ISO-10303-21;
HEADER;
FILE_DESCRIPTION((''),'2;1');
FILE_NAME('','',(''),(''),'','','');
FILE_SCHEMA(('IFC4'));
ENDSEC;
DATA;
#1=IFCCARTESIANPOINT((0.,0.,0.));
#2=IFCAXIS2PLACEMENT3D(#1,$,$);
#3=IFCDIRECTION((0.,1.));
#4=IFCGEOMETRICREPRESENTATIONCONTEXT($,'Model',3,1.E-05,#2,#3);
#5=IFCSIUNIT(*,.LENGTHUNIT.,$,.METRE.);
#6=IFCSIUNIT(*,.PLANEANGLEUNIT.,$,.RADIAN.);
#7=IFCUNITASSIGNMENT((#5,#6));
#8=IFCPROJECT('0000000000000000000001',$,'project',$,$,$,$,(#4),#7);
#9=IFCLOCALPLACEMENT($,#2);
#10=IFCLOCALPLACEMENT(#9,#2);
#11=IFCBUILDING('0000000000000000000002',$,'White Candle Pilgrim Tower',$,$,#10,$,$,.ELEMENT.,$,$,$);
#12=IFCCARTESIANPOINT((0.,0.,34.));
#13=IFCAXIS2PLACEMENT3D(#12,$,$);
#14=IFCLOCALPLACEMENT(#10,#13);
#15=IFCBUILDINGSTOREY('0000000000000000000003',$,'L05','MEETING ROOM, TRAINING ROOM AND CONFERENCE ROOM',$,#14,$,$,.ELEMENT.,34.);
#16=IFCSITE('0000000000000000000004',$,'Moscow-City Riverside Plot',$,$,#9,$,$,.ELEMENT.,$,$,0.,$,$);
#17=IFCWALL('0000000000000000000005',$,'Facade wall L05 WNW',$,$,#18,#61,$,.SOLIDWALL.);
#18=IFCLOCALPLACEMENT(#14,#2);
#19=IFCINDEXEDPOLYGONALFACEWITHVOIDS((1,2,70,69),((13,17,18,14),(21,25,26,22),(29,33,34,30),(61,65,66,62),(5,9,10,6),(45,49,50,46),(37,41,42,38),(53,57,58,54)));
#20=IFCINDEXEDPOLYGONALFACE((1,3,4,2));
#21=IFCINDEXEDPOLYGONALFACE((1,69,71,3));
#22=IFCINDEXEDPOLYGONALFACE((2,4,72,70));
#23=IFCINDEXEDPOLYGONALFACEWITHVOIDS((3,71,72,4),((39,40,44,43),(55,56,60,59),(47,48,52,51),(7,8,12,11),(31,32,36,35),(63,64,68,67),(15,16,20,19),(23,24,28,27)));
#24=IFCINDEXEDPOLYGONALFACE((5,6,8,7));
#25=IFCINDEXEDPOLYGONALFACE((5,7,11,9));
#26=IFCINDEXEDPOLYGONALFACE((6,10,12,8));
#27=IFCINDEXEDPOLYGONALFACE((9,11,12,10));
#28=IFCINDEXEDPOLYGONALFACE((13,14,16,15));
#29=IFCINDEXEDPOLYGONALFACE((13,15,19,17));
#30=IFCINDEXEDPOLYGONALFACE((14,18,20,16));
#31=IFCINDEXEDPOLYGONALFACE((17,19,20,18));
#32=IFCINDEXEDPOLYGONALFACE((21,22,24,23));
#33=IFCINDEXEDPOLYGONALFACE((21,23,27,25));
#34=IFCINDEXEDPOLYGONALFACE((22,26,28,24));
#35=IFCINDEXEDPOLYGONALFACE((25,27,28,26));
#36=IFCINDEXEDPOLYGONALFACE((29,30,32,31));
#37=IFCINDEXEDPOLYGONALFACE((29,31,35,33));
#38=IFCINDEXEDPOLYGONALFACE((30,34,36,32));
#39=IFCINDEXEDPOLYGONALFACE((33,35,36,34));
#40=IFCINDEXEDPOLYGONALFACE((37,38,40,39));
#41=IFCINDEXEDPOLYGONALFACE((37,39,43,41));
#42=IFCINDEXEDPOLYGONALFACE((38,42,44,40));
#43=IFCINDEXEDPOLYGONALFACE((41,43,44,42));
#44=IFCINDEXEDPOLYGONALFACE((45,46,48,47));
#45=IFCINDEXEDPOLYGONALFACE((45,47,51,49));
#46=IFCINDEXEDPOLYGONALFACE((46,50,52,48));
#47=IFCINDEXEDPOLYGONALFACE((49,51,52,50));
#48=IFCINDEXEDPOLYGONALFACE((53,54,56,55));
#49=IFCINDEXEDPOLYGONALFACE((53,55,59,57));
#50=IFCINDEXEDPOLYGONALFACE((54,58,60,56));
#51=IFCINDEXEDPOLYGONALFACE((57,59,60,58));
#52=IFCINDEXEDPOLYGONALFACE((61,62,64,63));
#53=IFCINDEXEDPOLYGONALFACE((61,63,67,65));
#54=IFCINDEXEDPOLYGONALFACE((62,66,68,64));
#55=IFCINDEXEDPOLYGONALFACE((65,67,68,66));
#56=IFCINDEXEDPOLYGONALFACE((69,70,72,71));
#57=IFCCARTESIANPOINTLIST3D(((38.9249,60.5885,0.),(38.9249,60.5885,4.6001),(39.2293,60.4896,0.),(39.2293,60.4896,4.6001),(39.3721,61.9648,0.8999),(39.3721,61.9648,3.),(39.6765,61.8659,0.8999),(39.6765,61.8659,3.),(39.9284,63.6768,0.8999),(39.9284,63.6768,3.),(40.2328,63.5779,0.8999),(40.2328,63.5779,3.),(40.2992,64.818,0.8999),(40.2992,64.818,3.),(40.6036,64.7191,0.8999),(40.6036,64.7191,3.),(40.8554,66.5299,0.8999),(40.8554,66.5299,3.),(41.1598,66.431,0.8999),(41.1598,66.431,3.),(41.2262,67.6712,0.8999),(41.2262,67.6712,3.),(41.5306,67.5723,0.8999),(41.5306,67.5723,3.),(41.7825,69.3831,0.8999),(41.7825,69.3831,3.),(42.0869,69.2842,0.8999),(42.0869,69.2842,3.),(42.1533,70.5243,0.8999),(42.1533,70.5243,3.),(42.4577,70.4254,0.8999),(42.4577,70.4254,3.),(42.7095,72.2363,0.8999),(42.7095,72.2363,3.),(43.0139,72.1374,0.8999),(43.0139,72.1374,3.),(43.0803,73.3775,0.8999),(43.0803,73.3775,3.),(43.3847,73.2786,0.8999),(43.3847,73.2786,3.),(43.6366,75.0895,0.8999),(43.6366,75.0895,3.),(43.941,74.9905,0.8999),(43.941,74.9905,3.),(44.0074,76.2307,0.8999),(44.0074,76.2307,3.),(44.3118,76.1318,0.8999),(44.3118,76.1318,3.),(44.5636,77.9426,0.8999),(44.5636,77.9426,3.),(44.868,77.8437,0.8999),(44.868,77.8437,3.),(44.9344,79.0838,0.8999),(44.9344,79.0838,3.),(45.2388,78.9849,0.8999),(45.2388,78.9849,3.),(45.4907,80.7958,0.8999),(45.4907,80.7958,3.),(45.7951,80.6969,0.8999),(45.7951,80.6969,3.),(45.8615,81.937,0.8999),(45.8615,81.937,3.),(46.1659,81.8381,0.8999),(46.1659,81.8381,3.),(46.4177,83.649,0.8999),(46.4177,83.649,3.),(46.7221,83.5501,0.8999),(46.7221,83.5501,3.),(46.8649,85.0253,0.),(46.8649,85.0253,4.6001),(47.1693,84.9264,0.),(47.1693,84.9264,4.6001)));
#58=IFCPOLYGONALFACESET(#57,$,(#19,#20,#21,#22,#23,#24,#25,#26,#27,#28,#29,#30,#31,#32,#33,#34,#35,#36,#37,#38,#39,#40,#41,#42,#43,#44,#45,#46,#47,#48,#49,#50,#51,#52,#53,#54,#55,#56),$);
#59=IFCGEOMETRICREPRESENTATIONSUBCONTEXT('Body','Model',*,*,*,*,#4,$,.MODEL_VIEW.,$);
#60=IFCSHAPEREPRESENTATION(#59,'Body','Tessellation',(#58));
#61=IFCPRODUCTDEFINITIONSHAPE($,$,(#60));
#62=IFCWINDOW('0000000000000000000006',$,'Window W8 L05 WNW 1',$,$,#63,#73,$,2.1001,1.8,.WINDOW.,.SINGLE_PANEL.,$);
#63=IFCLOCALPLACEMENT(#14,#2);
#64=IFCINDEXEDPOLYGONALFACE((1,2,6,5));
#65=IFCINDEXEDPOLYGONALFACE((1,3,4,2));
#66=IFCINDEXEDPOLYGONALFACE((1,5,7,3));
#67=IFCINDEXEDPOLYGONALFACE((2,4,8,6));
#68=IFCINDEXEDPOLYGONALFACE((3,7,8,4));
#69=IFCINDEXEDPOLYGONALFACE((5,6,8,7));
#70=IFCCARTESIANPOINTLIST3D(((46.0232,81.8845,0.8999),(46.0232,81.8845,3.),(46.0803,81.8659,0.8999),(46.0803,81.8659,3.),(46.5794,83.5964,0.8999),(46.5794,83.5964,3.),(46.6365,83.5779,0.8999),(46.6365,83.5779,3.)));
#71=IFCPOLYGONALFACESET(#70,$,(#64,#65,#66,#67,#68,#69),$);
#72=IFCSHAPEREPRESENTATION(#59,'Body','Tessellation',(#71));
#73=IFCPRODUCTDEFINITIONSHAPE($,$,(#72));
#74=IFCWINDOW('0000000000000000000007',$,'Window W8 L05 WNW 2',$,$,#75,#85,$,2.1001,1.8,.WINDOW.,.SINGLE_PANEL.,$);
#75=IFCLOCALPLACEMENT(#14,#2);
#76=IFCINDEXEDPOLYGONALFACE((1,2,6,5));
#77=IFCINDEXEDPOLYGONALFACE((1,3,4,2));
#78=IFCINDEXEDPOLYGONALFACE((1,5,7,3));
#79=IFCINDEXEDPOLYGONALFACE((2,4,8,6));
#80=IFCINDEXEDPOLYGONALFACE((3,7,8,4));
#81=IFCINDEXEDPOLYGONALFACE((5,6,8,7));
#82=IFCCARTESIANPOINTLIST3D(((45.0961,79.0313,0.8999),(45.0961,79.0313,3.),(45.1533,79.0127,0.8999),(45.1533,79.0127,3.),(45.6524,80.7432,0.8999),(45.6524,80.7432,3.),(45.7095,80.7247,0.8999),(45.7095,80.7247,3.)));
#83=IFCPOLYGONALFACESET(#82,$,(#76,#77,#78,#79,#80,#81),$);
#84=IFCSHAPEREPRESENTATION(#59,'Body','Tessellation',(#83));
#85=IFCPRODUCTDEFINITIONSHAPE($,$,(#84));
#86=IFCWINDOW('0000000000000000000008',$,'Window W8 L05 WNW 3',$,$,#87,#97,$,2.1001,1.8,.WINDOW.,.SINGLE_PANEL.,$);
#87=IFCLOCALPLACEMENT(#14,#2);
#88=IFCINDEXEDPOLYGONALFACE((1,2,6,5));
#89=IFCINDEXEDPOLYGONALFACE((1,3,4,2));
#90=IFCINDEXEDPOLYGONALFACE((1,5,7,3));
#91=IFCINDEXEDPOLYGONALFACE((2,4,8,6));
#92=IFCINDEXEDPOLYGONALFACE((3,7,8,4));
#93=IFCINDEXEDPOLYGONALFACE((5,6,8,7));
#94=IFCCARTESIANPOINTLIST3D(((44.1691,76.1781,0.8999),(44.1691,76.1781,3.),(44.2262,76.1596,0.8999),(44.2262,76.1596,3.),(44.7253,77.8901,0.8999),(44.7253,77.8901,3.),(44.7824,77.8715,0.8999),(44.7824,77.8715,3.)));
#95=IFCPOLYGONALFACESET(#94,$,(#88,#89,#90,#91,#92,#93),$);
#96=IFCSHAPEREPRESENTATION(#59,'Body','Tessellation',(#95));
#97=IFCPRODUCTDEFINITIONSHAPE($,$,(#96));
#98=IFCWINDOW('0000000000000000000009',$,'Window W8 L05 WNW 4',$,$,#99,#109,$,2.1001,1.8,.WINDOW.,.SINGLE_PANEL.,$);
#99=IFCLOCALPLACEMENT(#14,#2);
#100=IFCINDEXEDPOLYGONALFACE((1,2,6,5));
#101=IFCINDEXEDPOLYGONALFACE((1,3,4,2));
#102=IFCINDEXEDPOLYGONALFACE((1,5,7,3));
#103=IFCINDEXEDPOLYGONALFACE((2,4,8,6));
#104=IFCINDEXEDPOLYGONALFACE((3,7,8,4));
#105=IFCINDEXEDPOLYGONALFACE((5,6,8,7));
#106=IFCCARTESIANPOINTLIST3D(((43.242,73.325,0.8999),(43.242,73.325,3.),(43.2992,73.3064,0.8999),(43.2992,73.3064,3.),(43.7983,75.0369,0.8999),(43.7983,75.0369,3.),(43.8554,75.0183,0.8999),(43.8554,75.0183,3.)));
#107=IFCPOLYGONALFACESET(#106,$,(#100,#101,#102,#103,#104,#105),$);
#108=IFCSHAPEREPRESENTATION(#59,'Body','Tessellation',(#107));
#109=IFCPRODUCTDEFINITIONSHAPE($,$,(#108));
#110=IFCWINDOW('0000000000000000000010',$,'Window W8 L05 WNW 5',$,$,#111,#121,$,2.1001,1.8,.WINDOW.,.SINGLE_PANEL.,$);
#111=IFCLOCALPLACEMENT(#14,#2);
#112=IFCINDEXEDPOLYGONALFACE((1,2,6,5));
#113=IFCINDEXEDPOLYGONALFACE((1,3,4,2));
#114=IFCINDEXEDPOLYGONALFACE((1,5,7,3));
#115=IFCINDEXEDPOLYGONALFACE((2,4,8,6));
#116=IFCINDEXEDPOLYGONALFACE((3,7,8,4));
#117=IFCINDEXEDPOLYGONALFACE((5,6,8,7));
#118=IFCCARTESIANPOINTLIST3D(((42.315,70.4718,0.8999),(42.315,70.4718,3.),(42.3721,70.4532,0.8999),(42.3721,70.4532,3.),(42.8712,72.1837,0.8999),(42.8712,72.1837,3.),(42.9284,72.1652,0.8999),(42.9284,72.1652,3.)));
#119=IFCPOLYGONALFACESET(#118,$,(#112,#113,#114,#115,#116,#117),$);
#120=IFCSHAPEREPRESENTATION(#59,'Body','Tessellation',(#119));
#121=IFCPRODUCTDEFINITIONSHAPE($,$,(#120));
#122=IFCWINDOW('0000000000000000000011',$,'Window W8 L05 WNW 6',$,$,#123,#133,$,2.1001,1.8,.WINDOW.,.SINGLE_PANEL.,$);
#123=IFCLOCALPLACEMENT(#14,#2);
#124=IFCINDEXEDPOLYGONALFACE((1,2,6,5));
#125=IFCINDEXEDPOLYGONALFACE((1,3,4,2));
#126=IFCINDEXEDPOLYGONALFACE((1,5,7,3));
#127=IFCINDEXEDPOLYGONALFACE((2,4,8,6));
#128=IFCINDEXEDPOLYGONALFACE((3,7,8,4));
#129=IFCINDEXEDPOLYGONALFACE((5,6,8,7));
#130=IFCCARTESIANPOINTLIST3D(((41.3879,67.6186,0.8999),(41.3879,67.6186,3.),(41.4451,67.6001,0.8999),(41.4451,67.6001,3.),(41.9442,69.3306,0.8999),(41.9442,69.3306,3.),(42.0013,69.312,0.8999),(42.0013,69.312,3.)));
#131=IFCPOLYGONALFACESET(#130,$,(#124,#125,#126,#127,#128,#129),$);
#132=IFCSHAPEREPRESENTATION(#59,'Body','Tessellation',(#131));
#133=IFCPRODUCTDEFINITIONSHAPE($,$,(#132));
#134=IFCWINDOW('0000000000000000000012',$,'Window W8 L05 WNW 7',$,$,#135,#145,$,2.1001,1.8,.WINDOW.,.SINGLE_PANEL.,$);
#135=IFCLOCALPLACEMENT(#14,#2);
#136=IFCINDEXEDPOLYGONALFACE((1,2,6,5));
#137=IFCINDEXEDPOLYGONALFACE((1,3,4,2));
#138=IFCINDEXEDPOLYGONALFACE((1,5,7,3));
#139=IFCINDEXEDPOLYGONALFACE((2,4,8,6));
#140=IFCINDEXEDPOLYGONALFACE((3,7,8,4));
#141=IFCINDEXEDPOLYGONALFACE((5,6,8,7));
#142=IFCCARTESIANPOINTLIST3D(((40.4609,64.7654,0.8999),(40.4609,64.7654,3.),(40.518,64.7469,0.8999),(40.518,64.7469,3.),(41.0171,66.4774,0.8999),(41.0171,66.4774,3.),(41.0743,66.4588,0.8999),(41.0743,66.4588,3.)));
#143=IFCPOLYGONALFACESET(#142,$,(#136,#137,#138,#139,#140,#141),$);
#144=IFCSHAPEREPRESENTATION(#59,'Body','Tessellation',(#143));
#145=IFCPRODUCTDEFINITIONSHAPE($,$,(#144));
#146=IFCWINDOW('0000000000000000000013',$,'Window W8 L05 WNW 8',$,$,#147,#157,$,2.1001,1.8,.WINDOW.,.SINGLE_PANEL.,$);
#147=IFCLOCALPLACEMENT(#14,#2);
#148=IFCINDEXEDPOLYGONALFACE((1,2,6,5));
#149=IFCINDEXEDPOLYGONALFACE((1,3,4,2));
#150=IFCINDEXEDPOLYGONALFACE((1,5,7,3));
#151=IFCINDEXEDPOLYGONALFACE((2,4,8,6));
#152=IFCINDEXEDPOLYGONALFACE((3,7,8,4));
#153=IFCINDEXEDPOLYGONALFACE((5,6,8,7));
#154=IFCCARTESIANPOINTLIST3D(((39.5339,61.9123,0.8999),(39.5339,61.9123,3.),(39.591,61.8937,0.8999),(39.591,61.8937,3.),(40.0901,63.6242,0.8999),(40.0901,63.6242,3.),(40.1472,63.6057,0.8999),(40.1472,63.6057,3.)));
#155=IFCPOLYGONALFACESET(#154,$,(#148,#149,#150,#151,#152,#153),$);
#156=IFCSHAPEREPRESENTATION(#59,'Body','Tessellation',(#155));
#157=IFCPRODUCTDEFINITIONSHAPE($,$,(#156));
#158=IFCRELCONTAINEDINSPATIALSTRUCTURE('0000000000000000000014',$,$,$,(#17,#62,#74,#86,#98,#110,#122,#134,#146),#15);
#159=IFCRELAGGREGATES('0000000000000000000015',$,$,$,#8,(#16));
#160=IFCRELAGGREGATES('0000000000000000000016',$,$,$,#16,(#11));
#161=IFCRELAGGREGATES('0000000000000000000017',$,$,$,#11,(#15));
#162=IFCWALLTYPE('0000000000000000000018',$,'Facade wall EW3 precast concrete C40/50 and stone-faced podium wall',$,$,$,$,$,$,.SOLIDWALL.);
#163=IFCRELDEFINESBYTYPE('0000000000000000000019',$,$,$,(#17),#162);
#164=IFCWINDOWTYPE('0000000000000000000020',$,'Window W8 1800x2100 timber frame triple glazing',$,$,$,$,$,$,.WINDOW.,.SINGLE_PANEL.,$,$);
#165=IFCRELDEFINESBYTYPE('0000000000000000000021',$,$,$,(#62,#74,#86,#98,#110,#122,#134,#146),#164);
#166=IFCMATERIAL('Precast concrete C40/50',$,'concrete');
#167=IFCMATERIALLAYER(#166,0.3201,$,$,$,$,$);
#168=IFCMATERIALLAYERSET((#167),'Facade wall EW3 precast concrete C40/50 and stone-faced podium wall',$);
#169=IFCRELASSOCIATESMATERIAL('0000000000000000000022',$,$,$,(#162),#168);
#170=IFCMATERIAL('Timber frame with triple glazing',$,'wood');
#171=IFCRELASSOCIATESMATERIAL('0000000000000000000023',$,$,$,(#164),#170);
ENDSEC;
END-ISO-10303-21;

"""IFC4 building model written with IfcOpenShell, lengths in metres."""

from ifc_helpers import new_model, si_unit, direction, frame, frame_2d, origin, place, context, subcontext, project, spatial, rectangle, extrude, material, layer, layer_set, type_object, element, fill, save


model = new_model("IFC4")

# Units and contexts
model_context = context("Model", 3, precision=1e-05, world=origin(), true_north=direction((0.0, 1.0)))
body_context = subcontext(model_context, "Body", "Model", "MODEL_VIEW")
ifc_project = project(units=[si_unit("LENGTHUNIT", "METRE"), si_unit("PLANEANGLEUNIT", "RADIAN")], contexts=[model_context])

# Site, building, storey
site_placement = place(None, origin())
site = spatial("IfcSite", under=ifc_project, at=site_placement, Name="Moscow-City Riverside Plot", CompositionType="ELEMENT", RefElevation=0.0)
building_placement = place(site_placement, origin())
building = spatial("IfcBuilding", under=site, at=building_placement, Name="White Candle Pilgrim Tower", CompositionType="ELEMENT")
storey_placement = place(building_placement, frame((0.0, 0.0, 34.0)))
storey = spatial("IfcBuildingStorey", under=building, at=storey_placement, Name="L05", Description="MEETING ROOM, TRAINING ROOM AND CONFERENCE ROOM", CompositionType="ELEMENT", Elevation=34.0)

# Shared definitions
ifc_material_1 = material(Name="Precast concrete C40/50", Category="concrete")
ifc_layer_1 = layer(ifc_material_1, 0.3201)
ifc_layer_set_1 = layer_set([ifc_layer_1], Name="Facade wall EW3 precast concrete C40/50 and stone-faced podium wall")
wall_type_1 = type_object("IfcWallType", Name="Facade wall EW3 precast concrete C40/50 and stone-faced podium wall", PredefinedType="SOLIDWALL", material=ifc_layer_set_1)
ifc_material_2 = material(Name="Timber frame with triple glazing", Category="wood")
window_type = type_object("IfcWindowType", Name="Window W8 1800x2100 timber frame triple glazing", PartitioningType="SINGLE_PANEL", PredefinedType="WINDOW", material=ifc_material_2)

# Wall, openings, windows
wall_1_placement = place(storey_placement, frame((47.0171, 84.9758, 0.0), z_axis=(0.0, 0.0, 1.0), x_axis=(-0.309015, -0.951057, 0.0)))
wall_1 = element("IfcWall", 1, at=wall_1_placement, inside=storey, type_object=wall_type_1, Name="Facade wall L05 WNW", PredefinedType="SOLIDWALL", context=body_context, shape_type="SweptSolid", body=[
    extrude(rectangle(XDim=25.6943, YDim=0.3201, at=frame_2d((12.8472, 0.0))), origin(), (0.0, 0.0, 1.0), 4.6001),
])
opening_1_placement = place(wall_1_placement, frame((1.4473, 0.0, 0.8999)))
opening_1 = element("IfcOpeningElement", 2, at=opening_1_placement, cuts=wall_1, PredefinedType="OPENING", context=body_context, shape_type="SweptSolid", body=[
    extrude(rectangle(XDim=1.8, YDim=2.1001, at=frame_2d((0.8999, 1.05))), frame((0.0, 0.1699, 0.0), z_axis=(0.0, -1.0, 0.0), x_axis=(1.0, 0.0, 0.0)), (0.0, 0.0, 1.0), 0.3401),
])
opening_2_placement = place(wall_1_placement, frame((4.4473, 0.0, 0.8999)))
opening_2 = element("IfcOpeningElement", 3, at=opening_2_placement, cuts=wall_1, PredefinedType="OPENING", context=body_context, shape_type="SweptSolid", body=[
    extrude(rectangle(XDim=1.8, YDim=2.1001, at=frame_2d((0.8999, 1.05))), frame((0.0, 0.1699, 0.0), z_axis=(0.0, -1.0, 0.0), x_axis=(1.0, 0.0, 0.0)), (0.0, 0.0, 1.0), 0.3401),
])
opening_3_placement = place(wall_1_placement, frame((7.4473, 0.0, 0.8999)))
opening_3 = element("IfcOpeningElement", 4, at=opening_3_placement, cuts=wall_1, PredefinedType="OPENING", context=body_context, shape_type="SweptSolid", body=[
    extrude(rectangle(XDim=1.8, YDim=2.1001, at=frame_2d((0.8999, 1.05))), frame((0.0, 0.1699, 0.0), z_axis=(0.0, -1.0, 0.0), x_axis=(1.0, 0.0, 0.0)), (0.0, 0.0, 1.0), 0.3401),
])
opening_4_placement = place(wall_1_placement, frame((10.4473, 0.0, 0.8999)))
opening_4 = element("IfcOpeningElement", 5, at=opening_4_placement, cuts=wall_1, PredefinedType="OPENING", context=body_context, shape_type="SweptSolid", body=[
    extrude(rectangle(XDim=1.8, YDim=2.1001, at=frame_2d((0.8999, 1.05))), frame((0.0, 0.1699, 0.0), z_axis=(0.0, -1.0, 0.0), x_axis=(1.0, 0.0, 0.0)), (0.0, 0.0, 1.0), 0.3401),
])
opening_5_placement = place(wall_1_placement, frame((13.4473, 0.0, 0.8999)))
opening_5 = element("IfcOpeningElement", 6, at=opening_5_placement, cuts=wall_1, PredefinedType="OPENING", context=body_context, shape_type="SweptSolid", body=[
    extrude(rectangle(XDim=1.8, YDim=2.1001, at=frame_2d((0.8999, 1.05))), frame((0.0, 0.1699, 0.0), z_axis=(0.0, -1.0, 0.0), x_axis=(1.0, 0.0, 0.0)), (0.0, 0.0, 1.0), 0.3401),
])
opening_6_placement = place(wall_1_placement, frame((16.4473, 0.0, 0.8999)))
opening_6 = element("IfcOpeningElement", 7, at=opening_6_placement, cuts=wall_1, PredefinedType="OPENING", context=body_context, shape_type="SweptSolid", body=[
    extrude(rectangle(XDim=1.8, YDim=2.1001, at=frame_2d((0.8999, 1.05))), frame((0.0, 0.1699, 0.0), z_axis=(0.0, -1.0, 0.0), x_axis=(1.0, 0.0, 0.0)), (0.0, 0.0, 1.0), 0.3401),
])
opening_7_placement = place(wall_1_placement, frame((19.4473, 0.0, 0.8999)))
opening_7 = element("IfcOpeningElement", 8, at=opening_7_placement, cuts=wall_1, PredefinedType="OPENING", context=body_context, shape_type="SweptSolid", body=[
    extrude(rectangle(XDim=1.8, YDim=2.1001, at=frame_2d((0.8999, 1.05))), frame((0.0, 0.1699, 0.0), z_axis=(0.0, -1.0, 0.0), x_axis=(1.0, 0.0, 0.0)), (0.0, 0.0, 1.0), 0.3401),
])
opening_8_placement = place(wall_1_placement, frame((22.4473, 0.0, 0.8999)))
opening_8 = element("IfcOpeningElement", 9, at=opening_8_placement, cuts=wall_1, PredefinedType="OPENING", context=body_context, shape_type="SweptSolid", body=[
    extrude(rectangle(XDim=1.8, YDim=2.1001, at=frame_2d((0.8999, 1.05))), frame((0.0, 0.1699, 0.0), z_axis=(0.0, -1.0, 0.0), x_axis=(1.0, 0.0, 0.0)), (0.0, 0.0, 1.0), 0.3401),
])
window_1_placement = place(opening_1_placement, origin())
window_1 = element("IfcWindow", 10, at=window_1_placement, inside=storey, type_object=window_type, Name="Window W8 L05 WNW 1", OverallHeight=2.1001, OverallWidth=1.8, PartitioningType="SINGLE_PANEL", PredefinedType="WINDOW", context=body_context, shape_type="SweptSolid", body=[
    extrude(rectangle(XDim=1.8, YDim=2.1001, at=frame_2d((0.8999, 1.05))), frame((0.0, 0.0701, 0.0), z_axis=(0.0, -1.0, 0.0), x_axis=(1.0, 0.0, 0.0)), (0.0, 0.0, 1.0), 0.0601),
])
fill(opening_1, window_1)
window_2_placement = place(opening_2_placement, origin())
window_2 = element("IfcWindow", 11, at=window_2_placement, inside=storey, type_object=window_type, Name="Window W8 L05 WNW 2", OverallHeight=2.1001, OverallWidth=1.8, PartitioningType="SINGLE_PANEL", PredefinedType="WINDOW", context=body_context, shape_type="SweptSolid", body=[
    extrude(rectangle(XDim=1.8, YDim=2.1001, at=frame_2d((0.8999, 1.05))), frame((0.0, 0.0701, 0.0), z_axis=(0.0, -1.0, 0.0), x_axis=(1.0, 0.0, 0.0)), (0.0, 0.0, 1.0), 0.0601),
])
fill(opening_2, window_2)
window_3_placement = place(opening_3_placement, origin())
window_3 = element("IfcWindow", 12, at=window_3_placement, inside=storey, type_object=window_type, Name="Window W8 L05 WNW 3", OverallHeight=2.1001, OverallWidth=1.8, PartitioningType="SINGLE_PANEL", PredefinedType="WINDOW", context=body_context, shape_type="SweptSolid", body=[
    extrude(rectangle(XDim=1.8, YDim=2.1001, at=frame_2d((0.8999, 1.05))), frame((0.0, 0.0701, 0.0), z_axis=(0.0, -1.0, 0.0), x_axis=(1.0, 0.0, 0.0)), (0.0, 0.0, 1.0), 0.0601),
])
fill(opening_3, window_3)
window_4_placement = place(opening_4_placement, origin())
window_4 = element("IfcWindow", 13, at=window_4_placement, inside=storey, type_object=window_type, Name="Window W8 L05 WNW 4", OverallHeight=2.1001, OverallWidth=1.8, PartitioningType="SINGLE_PANEL", PredefinedType="WINDOW", context=body_context, shape_type="SweptSolid", body=[
    extrude(rectangle(XDim=1.8, YDim=2.1001, at=frame_2d((0.8999, 1.05))), frame((0.0, 0.0701, 0.0), z_axis=(0.0, -1.0, 0.0), x_axis=(1.0, 0.0, 0.0)), (0.0, 0.0, 1.0), 0.0601),
])
fill(opening_4, window_4)
window_5_placement = place(opening_5_placement, origin())
window_5 = element("IfcWindow", 14, at=window_5_placement, inside=storey, type_object=window_type, Name="Window W8 L05 WNW 5", OverallHeight=2.1001, OverallWidth=1.8, PartitioningType="SINGLE_PANEL", PredefinedType="WINDOW", context=body_context, shape_type="SweptSolid", body=[
    extrude(rectangle(XDim=1.8, YDim=2.1001, at=frame_2d((0.8999, 1.05))), frame((0.0, 0.0701, 0.0), z_axis=(0.0, -1.0, 0.0), x_axis=(1.0, 0.0, 0.0)), (0.0, 0.0, 1.0), 0.0601),
])
fill(opening_5, window_5)
window_6_placement = place(opening_6_placement, origin())
window_6 = element("IfcWindow", 15, at=window_6_placement, inside=storey, type_object=window_type, Name="Window W8 L05 WNW 6", OverallHeight=2.1001, OverallWidth=1.8, PartitioningType="SINGLE_PANEL", PredefinedType="WINDOW", context=body_context, shape_type="SweptSolid", body=[
    extrude(rectangle(XDim=1.8, YDim=2.1001, at=frame_2d((0.8999, 1.05))), frame((0.0, 0.0701, 0.0), z_axis=(0.0, -1.0, 0.0), x_axis=(1.0, 0.0, 0.0)), (0.0, 0.0, 1.0), 0.0601),
])
fill(opening_6, window_6)
window_7_placement = place(opening_7_placement, origin())
window_7 = element("IfcWindow", 16, at=window_7_placement, inside=storey, type_object=window_type, Name="Window W8 L05 WNW 7", OverallHeight=2.1001, OverallWidth=1.8, PartitioningType="SINGLE_PANEL", PredefinedType="WINDOW", context=body_context, shape_type="SweptSolid", body=[
    extrude(rectangle(XDim=1.8, YDim=2.1001, at=frame_2d((0.8999, 1.05))), frame((0.0, 0.0701, 0.0), z_axis=(0.0, -1.0, 0.0), x_axis=(1.0, 0.0, 0.0)), (0.0, 0.0, 1.0), 0.0601),
])
fill(opening_7, window_7)
window_8_placement = place(opening_8_placement, origin())
window_8 = element("IfcWindow", 17, at=window_8_placement, inside=storey, type_object=window_type, Name="Window W8 L05 WNW 8", OverallHeight=2.1001, OverallWidth=1.8, PartitioningType="SINGLE_PANEL", PredefinedType="WINDOW", context=body_context, shape_type="SweptSolid", body=[
    extrude(rectangle(XDim=1.8, YDim=2.1001, at=frame_2d((0.8999, 1.05))), frame((0.0, 0.0701, 0.0), z_axis=(0.0, -1.0, 0.0), x_axis=(1.0, 0.0, 0.0)), (0.0, 0.0, 1.0), 0.0601),
])
fill(opening_8, window_8)

save(model, "model.ifc")
